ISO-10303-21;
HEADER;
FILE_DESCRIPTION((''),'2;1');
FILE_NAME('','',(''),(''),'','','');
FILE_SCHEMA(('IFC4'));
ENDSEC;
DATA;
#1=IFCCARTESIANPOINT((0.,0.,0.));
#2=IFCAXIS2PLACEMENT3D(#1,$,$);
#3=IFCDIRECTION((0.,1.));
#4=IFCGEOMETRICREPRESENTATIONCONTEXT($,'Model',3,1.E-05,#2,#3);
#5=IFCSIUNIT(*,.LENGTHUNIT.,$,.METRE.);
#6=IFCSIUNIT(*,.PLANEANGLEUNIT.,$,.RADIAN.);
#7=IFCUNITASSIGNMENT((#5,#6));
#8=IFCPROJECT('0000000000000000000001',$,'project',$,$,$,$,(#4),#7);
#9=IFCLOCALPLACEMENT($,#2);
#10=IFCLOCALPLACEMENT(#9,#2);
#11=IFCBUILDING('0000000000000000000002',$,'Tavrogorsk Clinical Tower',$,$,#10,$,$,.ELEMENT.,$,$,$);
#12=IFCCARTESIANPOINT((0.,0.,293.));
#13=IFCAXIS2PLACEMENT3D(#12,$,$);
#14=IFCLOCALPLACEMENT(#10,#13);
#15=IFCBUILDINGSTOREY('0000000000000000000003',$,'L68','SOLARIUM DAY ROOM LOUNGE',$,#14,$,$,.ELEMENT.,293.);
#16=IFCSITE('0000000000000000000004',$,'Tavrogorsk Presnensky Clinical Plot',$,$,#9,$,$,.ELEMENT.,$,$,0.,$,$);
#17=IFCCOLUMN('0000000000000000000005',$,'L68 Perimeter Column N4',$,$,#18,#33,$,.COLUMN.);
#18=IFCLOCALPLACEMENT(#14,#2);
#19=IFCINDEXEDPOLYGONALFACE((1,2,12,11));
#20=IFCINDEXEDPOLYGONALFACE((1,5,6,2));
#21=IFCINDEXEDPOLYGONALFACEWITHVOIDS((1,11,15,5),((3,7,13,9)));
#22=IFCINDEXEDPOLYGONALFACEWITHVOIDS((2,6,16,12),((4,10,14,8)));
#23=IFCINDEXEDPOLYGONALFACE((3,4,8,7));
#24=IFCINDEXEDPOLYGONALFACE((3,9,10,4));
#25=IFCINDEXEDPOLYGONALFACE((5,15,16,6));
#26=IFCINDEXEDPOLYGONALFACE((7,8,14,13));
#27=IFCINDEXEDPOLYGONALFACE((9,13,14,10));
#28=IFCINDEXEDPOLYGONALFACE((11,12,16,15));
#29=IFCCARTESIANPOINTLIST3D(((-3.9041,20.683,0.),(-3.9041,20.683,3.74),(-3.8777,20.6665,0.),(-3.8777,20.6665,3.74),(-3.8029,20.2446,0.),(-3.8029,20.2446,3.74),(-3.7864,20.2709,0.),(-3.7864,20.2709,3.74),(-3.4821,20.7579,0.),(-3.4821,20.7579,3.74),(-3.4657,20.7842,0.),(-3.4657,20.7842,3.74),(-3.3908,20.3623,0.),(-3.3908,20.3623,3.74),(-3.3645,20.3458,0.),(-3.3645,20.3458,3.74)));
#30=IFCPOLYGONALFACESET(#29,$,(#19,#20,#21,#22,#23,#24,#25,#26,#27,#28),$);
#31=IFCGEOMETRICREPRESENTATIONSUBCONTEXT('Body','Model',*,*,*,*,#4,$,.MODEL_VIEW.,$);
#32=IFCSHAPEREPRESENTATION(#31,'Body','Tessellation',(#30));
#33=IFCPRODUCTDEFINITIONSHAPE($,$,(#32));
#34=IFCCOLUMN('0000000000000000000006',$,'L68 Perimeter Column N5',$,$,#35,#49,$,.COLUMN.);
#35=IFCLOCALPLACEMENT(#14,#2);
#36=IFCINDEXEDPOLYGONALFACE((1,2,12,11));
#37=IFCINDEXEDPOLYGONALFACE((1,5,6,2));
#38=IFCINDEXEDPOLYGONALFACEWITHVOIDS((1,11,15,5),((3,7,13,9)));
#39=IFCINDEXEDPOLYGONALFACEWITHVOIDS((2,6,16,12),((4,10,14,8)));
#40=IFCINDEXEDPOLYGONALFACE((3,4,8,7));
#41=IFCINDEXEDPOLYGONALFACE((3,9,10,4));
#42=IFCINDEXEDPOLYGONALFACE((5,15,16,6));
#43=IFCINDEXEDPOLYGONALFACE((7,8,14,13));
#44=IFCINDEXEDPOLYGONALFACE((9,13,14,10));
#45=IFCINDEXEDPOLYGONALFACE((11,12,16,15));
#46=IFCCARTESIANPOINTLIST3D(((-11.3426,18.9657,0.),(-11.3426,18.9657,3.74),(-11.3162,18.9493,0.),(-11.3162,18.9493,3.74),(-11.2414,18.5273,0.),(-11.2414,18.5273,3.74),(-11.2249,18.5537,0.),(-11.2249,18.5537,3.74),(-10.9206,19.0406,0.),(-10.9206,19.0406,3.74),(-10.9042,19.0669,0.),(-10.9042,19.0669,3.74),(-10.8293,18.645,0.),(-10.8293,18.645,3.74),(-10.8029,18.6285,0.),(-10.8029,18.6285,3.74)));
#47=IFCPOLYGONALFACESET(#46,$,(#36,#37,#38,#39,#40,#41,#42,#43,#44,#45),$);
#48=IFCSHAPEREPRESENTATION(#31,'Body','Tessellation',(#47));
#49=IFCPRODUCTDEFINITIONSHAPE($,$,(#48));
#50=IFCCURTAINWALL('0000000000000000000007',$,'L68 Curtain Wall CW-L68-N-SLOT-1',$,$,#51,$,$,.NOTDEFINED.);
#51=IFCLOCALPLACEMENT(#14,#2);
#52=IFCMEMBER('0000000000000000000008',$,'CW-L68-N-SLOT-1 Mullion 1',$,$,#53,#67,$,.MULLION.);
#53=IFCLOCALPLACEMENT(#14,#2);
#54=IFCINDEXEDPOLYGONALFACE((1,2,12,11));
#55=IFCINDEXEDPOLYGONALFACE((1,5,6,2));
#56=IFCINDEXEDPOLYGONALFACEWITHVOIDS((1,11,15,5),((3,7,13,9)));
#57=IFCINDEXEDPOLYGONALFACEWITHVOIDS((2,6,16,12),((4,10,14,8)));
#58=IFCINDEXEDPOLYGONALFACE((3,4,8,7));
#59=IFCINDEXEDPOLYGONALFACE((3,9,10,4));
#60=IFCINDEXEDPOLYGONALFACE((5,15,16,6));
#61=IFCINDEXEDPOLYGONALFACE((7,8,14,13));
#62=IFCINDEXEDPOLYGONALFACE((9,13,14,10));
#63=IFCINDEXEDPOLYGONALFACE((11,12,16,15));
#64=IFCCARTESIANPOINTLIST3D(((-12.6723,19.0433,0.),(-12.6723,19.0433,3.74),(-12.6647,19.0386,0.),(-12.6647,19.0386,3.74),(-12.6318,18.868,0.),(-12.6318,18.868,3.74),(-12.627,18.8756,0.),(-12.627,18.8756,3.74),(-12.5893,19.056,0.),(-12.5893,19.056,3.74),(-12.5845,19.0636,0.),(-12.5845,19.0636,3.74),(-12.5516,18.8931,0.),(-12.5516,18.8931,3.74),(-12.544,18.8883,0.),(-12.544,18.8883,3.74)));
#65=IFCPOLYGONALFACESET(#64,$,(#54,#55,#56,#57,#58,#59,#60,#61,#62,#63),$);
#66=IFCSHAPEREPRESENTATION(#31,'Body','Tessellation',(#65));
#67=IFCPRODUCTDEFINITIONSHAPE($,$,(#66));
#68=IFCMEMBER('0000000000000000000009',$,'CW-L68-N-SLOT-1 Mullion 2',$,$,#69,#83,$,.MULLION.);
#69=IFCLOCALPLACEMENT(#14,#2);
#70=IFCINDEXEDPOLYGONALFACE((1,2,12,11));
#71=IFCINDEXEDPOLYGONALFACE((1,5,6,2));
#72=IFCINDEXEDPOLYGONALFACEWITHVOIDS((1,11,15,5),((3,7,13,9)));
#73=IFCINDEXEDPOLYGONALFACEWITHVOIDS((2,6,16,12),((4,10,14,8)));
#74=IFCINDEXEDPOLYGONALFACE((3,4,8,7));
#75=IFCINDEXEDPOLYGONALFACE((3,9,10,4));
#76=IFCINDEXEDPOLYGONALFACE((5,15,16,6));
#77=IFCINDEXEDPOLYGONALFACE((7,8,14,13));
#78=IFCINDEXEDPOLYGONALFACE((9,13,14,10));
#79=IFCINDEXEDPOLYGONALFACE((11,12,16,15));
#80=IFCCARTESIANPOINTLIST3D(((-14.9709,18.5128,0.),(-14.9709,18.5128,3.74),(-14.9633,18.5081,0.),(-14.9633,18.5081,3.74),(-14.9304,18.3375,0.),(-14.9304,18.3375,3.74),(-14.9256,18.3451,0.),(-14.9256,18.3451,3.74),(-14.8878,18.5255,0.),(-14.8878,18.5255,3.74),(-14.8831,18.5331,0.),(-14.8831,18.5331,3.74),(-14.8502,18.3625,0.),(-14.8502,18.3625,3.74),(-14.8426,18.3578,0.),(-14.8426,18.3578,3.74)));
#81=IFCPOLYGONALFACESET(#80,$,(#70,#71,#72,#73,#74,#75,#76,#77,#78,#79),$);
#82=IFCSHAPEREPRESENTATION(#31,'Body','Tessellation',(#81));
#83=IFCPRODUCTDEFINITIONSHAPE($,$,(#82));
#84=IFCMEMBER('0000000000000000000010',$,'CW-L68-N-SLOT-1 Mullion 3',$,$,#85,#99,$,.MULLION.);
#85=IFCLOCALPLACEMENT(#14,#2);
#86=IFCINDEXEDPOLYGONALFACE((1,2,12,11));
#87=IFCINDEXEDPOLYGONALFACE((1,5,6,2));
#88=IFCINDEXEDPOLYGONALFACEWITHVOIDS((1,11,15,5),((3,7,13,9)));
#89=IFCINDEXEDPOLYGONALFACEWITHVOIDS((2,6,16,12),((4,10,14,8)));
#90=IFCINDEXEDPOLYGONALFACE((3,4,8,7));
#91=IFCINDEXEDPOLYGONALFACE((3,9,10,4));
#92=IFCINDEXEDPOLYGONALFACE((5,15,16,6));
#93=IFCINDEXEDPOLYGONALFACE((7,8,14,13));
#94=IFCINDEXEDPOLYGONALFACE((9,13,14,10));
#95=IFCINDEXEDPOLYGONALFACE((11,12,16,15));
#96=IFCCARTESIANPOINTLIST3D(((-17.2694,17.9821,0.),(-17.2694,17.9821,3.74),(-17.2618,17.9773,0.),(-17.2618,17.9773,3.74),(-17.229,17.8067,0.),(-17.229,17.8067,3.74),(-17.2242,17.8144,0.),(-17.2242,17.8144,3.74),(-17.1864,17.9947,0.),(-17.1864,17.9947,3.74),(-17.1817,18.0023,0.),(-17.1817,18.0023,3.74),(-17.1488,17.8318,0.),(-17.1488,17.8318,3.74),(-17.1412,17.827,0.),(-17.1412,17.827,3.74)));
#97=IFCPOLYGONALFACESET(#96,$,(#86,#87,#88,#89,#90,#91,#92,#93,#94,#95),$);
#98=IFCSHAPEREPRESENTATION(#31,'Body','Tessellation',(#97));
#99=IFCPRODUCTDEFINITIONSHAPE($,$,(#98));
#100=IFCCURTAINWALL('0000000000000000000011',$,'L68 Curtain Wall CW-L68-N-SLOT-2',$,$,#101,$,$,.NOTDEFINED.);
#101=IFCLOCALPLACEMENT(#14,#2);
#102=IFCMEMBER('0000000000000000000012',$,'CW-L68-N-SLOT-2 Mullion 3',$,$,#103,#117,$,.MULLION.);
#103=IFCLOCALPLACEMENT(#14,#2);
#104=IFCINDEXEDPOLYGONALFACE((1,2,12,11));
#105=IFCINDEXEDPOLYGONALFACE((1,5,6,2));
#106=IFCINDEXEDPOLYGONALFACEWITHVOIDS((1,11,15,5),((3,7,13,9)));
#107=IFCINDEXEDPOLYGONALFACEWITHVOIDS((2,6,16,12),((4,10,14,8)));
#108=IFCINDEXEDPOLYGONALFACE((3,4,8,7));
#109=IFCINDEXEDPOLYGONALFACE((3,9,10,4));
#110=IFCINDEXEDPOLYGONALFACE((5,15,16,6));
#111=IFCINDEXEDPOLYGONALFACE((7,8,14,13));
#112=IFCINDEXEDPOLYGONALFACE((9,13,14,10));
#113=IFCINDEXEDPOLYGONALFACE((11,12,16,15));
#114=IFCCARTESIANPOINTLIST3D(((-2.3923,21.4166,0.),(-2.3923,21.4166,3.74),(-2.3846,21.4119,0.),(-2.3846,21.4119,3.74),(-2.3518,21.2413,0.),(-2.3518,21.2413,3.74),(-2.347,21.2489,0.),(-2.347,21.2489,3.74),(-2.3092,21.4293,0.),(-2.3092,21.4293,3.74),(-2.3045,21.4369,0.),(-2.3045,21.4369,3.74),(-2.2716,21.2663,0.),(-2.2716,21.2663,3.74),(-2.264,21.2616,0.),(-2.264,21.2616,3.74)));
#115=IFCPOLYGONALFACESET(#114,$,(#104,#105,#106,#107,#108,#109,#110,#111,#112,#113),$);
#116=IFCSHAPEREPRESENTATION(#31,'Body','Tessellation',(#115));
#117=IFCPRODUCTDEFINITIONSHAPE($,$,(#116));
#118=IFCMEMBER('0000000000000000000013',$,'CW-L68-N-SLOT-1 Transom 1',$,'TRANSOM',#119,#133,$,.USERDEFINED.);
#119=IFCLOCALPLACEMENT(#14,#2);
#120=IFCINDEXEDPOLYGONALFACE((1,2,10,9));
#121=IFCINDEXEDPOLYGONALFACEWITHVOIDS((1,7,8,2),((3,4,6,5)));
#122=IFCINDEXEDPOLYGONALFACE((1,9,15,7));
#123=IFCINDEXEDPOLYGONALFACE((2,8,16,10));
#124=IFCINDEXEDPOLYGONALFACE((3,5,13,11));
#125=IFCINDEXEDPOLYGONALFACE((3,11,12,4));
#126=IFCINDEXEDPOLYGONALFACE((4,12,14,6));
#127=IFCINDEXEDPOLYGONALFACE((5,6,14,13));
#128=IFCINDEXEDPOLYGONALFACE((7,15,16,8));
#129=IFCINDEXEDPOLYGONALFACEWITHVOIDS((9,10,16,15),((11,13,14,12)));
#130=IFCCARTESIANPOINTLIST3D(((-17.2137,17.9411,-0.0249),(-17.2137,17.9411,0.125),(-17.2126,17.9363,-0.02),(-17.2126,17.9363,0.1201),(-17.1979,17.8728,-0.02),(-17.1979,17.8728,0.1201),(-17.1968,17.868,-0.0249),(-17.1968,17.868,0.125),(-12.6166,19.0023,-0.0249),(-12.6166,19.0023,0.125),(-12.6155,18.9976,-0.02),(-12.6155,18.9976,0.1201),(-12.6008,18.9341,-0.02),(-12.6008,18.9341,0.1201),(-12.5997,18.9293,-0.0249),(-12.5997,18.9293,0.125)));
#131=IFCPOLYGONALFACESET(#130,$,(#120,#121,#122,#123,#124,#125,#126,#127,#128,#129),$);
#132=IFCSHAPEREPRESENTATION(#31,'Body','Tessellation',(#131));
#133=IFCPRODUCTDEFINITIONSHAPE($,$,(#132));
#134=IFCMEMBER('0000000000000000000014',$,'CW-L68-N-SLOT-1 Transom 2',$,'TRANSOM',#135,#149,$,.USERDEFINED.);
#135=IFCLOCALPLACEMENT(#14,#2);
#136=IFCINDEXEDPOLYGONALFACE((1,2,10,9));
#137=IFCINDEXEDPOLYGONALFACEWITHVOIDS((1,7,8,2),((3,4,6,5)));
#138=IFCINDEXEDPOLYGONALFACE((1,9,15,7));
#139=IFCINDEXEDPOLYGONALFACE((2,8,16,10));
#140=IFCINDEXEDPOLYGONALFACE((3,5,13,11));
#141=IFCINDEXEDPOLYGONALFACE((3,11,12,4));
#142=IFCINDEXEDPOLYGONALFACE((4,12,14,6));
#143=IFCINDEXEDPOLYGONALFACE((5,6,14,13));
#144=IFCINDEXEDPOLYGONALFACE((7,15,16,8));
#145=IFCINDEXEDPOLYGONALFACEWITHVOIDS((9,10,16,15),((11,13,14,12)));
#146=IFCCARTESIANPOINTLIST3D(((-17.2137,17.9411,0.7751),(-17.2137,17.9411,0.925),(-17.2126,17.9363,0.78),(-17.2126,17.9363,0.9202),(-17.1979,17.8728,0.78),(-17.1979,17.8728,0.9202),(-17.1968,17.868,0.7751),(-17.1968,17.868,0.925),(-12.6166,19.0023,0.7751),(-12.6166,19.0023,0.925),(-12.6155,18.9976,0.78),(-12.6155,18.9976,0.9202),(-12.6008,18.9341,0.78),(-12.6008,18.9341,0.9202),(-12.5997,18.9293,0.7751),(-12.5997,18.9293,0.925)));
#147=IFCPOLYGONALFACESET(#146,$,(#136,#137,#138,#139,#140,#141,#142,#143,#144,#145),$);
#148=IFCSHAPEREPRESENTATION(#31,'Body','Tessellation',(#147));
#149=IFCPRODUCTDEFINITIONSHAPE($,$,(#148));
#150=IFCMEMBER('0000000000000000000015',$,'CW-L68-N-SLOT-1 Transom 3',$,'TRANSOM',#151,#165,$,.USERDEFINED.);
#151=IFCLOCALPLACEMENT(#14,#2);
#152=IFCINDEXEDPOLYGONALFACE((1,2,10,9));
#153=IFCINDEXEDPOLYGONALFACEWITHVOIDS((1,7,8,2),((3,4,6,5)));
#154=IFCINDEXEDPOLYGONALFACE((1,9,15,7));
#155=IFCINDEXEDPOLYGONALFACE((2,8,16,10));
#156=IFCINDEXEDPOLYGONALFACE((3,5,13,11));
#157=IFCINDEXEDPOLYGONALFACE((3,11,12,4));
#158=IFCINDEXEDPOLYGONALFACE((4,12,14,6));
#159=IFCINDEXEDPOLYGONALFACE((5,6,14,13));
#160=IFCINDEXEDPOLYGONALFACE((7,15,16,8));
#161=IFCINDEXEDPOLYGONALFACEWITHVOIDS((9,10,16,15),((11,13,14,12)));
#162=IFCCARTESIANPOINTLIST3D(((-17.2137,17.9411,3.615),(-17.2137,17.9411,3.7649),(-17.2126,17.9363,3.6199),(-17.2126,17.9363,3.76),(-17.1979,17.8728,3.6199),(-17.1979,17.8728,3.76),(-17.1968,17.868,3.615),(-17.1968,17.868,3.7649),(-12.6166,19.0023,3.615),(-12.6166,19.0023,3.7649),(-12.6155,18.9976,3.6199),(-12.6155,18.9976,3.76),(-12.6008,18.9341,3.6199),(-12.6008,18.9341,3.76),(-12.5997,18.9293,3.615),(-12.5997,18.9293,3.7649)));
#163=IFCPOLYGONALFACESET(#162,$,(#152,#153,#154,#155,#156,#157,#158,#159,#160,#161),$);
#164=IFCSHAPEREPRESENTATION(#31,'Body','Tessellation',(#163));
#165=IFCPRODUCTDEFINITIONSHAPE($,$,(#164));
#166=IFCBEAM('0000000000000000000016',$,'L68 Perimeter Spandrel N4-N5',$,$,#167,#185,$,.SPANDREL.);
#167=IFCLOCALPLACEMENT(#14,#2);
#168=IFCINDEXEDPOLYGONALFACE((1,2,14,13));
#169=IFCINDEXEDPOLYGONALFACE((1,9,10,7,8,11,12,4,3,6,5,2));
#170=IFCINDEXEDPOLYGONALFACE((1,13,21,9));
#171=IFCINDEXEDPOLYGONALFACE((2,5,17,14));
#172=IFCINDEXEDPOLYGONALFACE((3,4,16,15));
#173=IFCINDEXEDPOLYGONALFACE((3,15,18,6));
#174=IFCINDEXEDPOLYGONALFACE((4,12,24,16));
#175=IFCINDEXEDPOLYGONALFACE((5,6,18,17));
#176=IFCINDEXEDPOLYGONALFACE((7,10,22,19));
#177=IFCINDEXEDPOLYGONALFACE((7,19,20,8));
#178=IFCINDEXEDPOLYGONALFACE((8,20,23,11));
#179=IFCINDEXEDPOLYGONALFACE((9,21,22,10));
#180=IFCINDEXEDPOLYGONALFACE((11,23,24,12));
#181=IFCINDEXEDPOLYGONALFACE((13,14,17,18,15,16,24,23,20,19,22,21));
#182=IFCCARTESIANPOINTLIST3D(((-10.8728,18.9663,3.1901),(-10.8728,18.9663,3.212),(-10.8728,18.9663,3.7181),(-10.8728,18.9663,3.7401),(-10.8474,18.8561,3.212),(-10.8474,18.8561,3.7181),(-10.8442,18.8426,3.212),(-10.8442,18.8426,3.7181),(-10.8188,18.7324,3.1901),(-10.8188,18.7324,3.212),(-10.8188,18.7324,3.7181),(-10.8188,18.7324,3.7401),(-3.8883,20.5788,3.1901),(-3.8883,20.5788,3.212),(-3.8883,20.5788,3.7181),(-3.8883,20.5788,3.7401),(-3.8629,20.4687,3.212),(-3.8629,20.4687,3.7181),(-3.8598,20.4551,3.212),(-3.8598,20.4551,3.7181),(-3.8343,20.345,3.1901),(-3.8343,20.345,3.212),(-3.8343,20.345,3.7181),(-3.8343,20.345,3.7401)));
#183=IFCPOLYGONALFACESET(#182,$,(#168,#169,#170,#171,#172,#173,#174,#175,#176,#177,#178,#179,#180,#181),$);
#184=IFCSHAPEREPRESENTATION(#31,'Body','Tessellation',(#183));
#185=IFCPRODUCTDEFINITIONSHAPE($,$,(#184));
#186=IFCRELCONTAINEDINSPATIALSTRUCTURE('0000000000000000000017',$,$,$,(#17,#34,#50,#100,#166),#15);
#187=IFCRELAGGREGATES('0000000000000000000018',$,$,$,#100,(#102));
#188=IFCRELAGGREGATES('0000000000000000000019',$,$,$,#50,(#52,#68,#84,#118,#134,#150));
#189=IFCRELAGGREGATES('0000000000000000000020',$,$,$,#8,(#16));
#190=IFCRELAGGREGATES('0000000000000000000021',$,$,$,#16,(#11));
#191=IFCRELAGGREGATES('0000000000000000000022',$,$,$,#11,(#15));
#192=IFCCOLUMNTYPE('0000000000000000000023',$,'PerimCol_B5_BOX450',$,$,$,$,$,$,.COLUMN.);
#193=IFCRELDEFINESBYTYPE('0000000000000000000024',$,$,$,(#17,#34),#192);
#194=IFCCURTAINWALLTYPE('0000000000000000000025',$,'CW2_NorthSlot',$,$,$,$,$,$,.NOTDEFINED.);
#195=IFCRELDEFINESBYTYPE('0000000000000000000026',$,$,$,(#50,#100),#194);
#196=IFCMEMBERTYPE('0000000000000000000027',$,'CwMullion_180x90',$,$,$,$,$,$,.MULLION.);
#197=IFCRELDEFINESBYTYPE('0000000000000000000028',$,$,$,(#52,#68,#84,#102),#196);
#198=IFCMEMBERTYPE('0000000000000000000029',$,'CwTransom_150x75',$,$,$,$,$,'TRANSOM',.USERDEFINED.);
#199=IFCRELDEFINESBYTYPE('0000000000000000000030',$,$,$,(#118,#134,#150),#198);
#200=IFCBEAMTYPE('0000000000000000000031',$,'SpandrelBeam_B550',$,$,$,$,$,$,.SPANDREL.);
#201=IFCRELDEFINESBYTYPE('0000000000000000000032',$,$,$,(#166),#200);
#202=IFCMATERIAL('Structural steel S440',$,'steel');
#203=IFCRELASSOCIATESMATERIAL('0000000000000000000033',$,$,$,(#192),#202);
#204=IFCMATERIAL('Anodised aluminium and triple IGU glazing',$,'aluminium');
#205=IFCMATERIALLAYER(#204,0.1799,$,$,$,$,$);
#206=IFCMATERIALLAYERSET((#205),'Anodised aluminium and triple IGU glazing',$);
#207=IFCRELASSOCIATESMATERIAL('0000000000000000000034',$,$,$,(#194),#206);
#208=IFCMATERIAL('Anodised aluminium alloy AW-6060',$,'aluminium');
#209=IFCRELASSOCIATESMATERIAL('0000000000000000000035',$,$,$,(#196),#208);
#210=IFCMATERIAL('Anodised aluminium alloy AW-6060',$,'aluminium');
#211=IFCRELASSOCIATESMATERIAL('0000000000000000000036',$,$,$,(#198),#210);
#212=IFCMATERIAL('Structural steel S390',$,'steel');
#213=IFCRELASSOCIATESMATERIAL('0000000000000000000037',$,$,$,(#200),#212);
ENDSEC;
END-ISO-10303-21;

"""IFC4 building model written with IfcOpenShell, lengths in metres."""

from ifc_helpers import new_model, si_unit, direction, frame, origin, origin_2d, place, context, subcontext, project, spatial, hollow_rectangle, i_section, extrude, material, layer, layer_set, material_profile, profile_set, type_object, element, aggregate, save


model = new_model("IFC4")

# Units and contexts
model_context = context("Model", 3, precision=1e-05, world=origin(), true_north=direction((0.0, 1.0)))
body_context = subcontext(model_context, "Body", "Model", "MODEL_VIEW")
ifc_project = project(units=[si_unit("LENGTHUNIT", "METRE"), si_unit("PLANEANGLEUNIT", "RADIAN")], contexts=[model_context])

# Site, building, storey
site_placement = place(None, origin())
site = spatial("IfcSite", under=ifc_project, at=site_placement, Name="Tavrogorsk Presnensky Clinical Plot", CompositionType="ELEMENT", RefElevation=0.0)
building_placement = place(site_placement, origin())
building = spatial("IfcBuilding", under=site, at=building_placement, Name="Tavrogorsk Clinical Tower", CompositionType="ELEMENT")
storey_placement = place(building_placement, frame((0.0, 0.0, 293.0)))
storey = spatial("IfcBuildingStorey", under=building, at=storey_placement, Name="L68", Description="SOLARIUM DAY ROOM LOUNGE", CompositionType="ELEMENT", Elevation=293.0)

# Columns
ifc_material_1 = material(Name="Structural steel S440", Category="steel")
ifc_material_profile_1 = material_profile(ifc_material_1, hollow_rectangle(XDim=0.45, YDim=0.45, WallThickness=0.022, at=origin_2d()), Name="BOX-450x450x22")
ifc_profile_set_1 = profile_set([ifc_material_profile_1], Name="Structural steel S440")
column_type = type_object("IfcColumnType", Name="PerimCol_B5_BOX450", PredefinedType="COLUMN", material=ifc_profile_set_1)
for number, where, z_axis, x_axis, name in (
    (1, (-3.6343, 20.5144, 0.0), (0.0, 0.0, 1.0), (0.97437, 0.224951, 0.0), "L68 Perimeter Column N4"),
    (2, (-11.0728, 18.7971, 0.0), (0.0, 0.0, 1.0), (0.97437, 0.224951, 0.0), "L68 Perimeter Column N5"),
):
    element("IfcColumn", number, at=place(storey_placement, frame(where, z_axis=z_axis, x_axis=x_axis)), inside=storey, type_object=column_type, Name=name, PredefinedType="COLUMN", context=body_context, shape_type="SweptSolid", body=[
        extrude(hollow_rectangle(XDim=0.45, YDim=0.45, WallThickness=0.022, at=origin_2d()), origin(), (0.0, 0.0, 1.0), 3.74),
    ])

# Curtain wall, members
ifc_material_2 = material(Name="Anodised aluminium and triple IGU glazing", Category="aluminium")
ifc_layer_1 = layer(ifc_material_2, 0.1799)
ifc_layer_set_1 = layer_set([ifc_layer_1], Name="Anodised aluminium and triple IGU glazing")
curtain_wall_type = type_object("IfcCurtainWallType", Name="CW2_NorthSlot", PredefinedType="NOTDEFINED", material=ifc_layer_set_1)
curtain_wall_1_placement = place(storey_placement, origin())
curtain_wall_1 = element("IfcCurtainWall", 3, at=curtain_wall_1_placement, inside=storey, type_object=curtain_wall_type, Name="L68 Curtain Wall CW-L68-N-SLOT-1", PredefinedType="NOTDEFINED")
ifc_material_3 = material(Name="Anodised aluminium alloy AW-6060", Category="aluminium")
ifc_material_profile_2 = material_profile(ifc_material_3, hollow_rectangle(XDim=0.0901, YDim=0.1799, WallThickness=0.0063, at=origin_2d()), Name="RHS-180x90x6.3")
ifc_profile_set_2 = profile_set([ifc_material_profile_2], Name="Anodised aluminium alloy AW-6060")
member_type_1 = type_object("IfcMemberType", Name="CwMullion_180x90", PredefinedType="MULLION", material=ifc_profile_set_2)
member_1_placement = place(storey_placement, frame((-12.6082, 18.9658, 0.0), z_axis=(0.0, 0.0, 1.0), x_axis=(-0.97437, -0.224951, 0.0)))
member_1 = element("IfcMember", 4, at=member_1_placement, type_object=member_type_1, Name="CW-L68-N-SLOT-1 Mullion 1", PredefinedType="MULLION", context=body_context, shape_type="SweptSolid", body=[
    extrude(hollow_rectangle(XDim=0.0901, YDim=0.1799, WallThickness=0.0063, at=origin_2d()), origin(), (0.0, 0.0, 1.0), 3.74),
])
member_2_placement = place(storey_placement, frame((-14.9067, 18.4353, 0.0), z_axis=(0.0, 0.0, 1.0), x_axis=(-0.97437, -0.224951, 0.0)))
member_2 = element("IfcMember", 5, at=member_2_placement, type_object=member_type_1, Name="CW-L68-N-SLOT-1 Mullion 2", PredefinedType="MULLION", context=body_context, shape_type="SweptSolid", body=[
    extrude(hollow_rectangle(XDim=0.0901, YDim=0.1799, WallThickness=0.0063, at=origin_2d()), origin(), (0.0, 0.0, 1.0), 3.74),
])
member_3_placement = place(storey_placement, frame((-17.2053, 17.9045, 0.0), z_axis=(0.0, 0.0, 1.0), x_axis=(-0.97437, -0.224951, 0.0)))
member_3 = element("IfcMember", 6, at=member_3_placement, type_object=member_type_1, Name="CW-L68-N-SLOT-1 Mullion 3", PredefinedType="MULLION", context=body_context, shape_type="SweptSolid", body=[
    extrude(hollow_rectangle(XDim=0.0901, YDim=0.1799, WallThickness=0.0063, at=origin_2d()), origin(), (0.0, 0.0, 1.0), 3.74),
])

# Curtain wall, member
curtain_wall_2_placement = place(storey_placement, origin())
curtain_wall_2 = element("IfcCurtainWall", 7, at=curtain_wall_2_placement, inside=storey, type_object=curtain_wall_type, Name="L68 Curtain Wall CW-L68-N-SLOT-2", PredefinedType="NOTDEFINED")
member_4_placement = place(storey_placement, frame((-2.3281, 21.3391, 0.0), z_axis=(0.0, 0.0, 1.0), x_axis=(-0.97437, -0.224951, 0.0)))
member_4 = element("IfcMember", 8, at=member_4_placement, type_object=member_type_1, Name="CW-L68-N-SLOT-2 Mullion 3", PredefinedType="MULLION", context=body_context, shape_type="SweptSolid", body=[
    extrude(hollow_rectangle(XDim=0.0901, YDim=0.1799, WallThickness=0.0063, at=origin_2d()), origin(), (0.0, 0.0, 1.0), 3.74),
])
aggregate(curtain_wall_2, [member_4])

# Members
ifc_material_4 = material(Name="Anodised aluminium alloy AW-6060", Category="aluminium")
ifc_material_profile_3 = material_profile(ifc_material_4, hollow_rectangle(XDim=0.075, YDim=0.1499, WallThickness=0.0049, at=origin_2d()), Name="RHS-150x75x5")
ifc_profile_set_3 = profile_set([ifc_material_profile_3], Name="Anodised aluminium alloy AW-6060")
member_type_2 = type_object("IfcMemberType", Name="CwTransom_150x75", ElementType="TRANSOM", PredefinedType="USERDEFINED", material=ifc_profile_set_3)
member_5_placement = place(storey_placement, frame((-12.6082, 18.9658, 0.05), z_axis=(-0.974373, -0.224939, 0.0), x_axis=(0.224939, -0.974373, 0.0)))
member_5 = element("IfcMember", 9, at=member_5_placement, type_object=member_type_2, Name="CW-L68-N-SLOT-1 Transom 1", ObjectType="TRANSOM", PredefinedType="USERDEFINED", context=body_context, shape_type="SweptSolid", body=[
    extrude(hollow_rectangle(XDim=0.075, YDim=0.1499, WallThickness=0.0049, at=origin_2d()), origin(), (0.0, 0.0, 1.0), 4.718),
])
member_6_placement = place(storey_placement, frame((-12.6082, 18.9658, 0.8501), z_axis=(-0.974373, -0.224939, 0.0), x_axis=(0.224939, -0.974373, 0.0)))
member_6 = element("IfcMember", 10, at=member_6_placement, type_object=member_type_2, Name="CW-L68-N-SLOT-1 Transom 2", ObjectType="TRANSOM", PredefinedType="USERDEFINED", context=body_context, shape_type="SweptSolid", body=[
    extrude(hollow_rectangle(XDim=0.075, YDim=0.1499, WallThickness=0.0049, at=origin_2d()), origin(), (0.0, 0.0, 1.0), 4.718),
])
member_7_placement = place(storey_placement, frame((-12.6082, 18.9658, 3.6899), z_axis=(-0.974373, -0.224939, 0.0), x_axis=(0.224939, -0.974373, 0.0)))
member_7 = element("IfcMember", 11, at=member_7_placement, type_object=member_type_2, Name="CW-L68-N-SLOT-1 Transom 3", ObjectType="TRANSOM", PredefinedType="USERDEFINED", context=body_context, shape_type="SweptSolid", body=[
    extrude(hollow_rectangle(XDim=0.075, YDim=0.1499, WallThickness=0.0049, at=origin_2d()), origin(), (0.0, 0.0, 1.0), 4.718),
])

# Beam
ifc_material_5 = material(Name="Structural steel S390", Category="steel")
ifc_material_profile_4 = material_profile(ifc_material_5, i_section(OverallWidth=0.24, OverallDepth=0.55, WebThickness=0.0139, FlangeThickness=0.022, at=origin_2d()), Name="B-550x240x14x22")
ifc_profile_set_4 = profile_set([ifc_material_profile_4], Name="Structural steel S390")
beam_type = type_object("IfcBeamType", Name="SpandrelBeam_B550", PredefinedType="SPANDREL", material=ifc_profile_set_4)
for number, where, z_axis, x_axis, name in (
    (12, (-3.8613, 20.4619, 3.4651), (-0.974368, -0.224961, 0.0), (0.224961, -0.974368, 0.0), "L68 Perimeter Spandrel N4-N5"),
):
    element("IfcBeam", number, at=place(storey_placement, frame(where, z_axis=z_axis, x_axis=x_axis)), inside=storey, type_object=beam_type, Name=name, PredefinedType="SPANDREL", context=body_context, shape_type="SweptSolid", body=[
        extrude(i_section(OverallWidth=0.24, OverallDepth=0.55, WebThickness=0.0139, FlangeThickness=0.022, at=origin_2d()), origin(), (0.0, 0.0, 1.0), 7.1682),
    ])

aggregate(curtain_wall_1, [member_1, member_2, member_3, member_5, member_6, member_7])

save(model, "model.ifc")
